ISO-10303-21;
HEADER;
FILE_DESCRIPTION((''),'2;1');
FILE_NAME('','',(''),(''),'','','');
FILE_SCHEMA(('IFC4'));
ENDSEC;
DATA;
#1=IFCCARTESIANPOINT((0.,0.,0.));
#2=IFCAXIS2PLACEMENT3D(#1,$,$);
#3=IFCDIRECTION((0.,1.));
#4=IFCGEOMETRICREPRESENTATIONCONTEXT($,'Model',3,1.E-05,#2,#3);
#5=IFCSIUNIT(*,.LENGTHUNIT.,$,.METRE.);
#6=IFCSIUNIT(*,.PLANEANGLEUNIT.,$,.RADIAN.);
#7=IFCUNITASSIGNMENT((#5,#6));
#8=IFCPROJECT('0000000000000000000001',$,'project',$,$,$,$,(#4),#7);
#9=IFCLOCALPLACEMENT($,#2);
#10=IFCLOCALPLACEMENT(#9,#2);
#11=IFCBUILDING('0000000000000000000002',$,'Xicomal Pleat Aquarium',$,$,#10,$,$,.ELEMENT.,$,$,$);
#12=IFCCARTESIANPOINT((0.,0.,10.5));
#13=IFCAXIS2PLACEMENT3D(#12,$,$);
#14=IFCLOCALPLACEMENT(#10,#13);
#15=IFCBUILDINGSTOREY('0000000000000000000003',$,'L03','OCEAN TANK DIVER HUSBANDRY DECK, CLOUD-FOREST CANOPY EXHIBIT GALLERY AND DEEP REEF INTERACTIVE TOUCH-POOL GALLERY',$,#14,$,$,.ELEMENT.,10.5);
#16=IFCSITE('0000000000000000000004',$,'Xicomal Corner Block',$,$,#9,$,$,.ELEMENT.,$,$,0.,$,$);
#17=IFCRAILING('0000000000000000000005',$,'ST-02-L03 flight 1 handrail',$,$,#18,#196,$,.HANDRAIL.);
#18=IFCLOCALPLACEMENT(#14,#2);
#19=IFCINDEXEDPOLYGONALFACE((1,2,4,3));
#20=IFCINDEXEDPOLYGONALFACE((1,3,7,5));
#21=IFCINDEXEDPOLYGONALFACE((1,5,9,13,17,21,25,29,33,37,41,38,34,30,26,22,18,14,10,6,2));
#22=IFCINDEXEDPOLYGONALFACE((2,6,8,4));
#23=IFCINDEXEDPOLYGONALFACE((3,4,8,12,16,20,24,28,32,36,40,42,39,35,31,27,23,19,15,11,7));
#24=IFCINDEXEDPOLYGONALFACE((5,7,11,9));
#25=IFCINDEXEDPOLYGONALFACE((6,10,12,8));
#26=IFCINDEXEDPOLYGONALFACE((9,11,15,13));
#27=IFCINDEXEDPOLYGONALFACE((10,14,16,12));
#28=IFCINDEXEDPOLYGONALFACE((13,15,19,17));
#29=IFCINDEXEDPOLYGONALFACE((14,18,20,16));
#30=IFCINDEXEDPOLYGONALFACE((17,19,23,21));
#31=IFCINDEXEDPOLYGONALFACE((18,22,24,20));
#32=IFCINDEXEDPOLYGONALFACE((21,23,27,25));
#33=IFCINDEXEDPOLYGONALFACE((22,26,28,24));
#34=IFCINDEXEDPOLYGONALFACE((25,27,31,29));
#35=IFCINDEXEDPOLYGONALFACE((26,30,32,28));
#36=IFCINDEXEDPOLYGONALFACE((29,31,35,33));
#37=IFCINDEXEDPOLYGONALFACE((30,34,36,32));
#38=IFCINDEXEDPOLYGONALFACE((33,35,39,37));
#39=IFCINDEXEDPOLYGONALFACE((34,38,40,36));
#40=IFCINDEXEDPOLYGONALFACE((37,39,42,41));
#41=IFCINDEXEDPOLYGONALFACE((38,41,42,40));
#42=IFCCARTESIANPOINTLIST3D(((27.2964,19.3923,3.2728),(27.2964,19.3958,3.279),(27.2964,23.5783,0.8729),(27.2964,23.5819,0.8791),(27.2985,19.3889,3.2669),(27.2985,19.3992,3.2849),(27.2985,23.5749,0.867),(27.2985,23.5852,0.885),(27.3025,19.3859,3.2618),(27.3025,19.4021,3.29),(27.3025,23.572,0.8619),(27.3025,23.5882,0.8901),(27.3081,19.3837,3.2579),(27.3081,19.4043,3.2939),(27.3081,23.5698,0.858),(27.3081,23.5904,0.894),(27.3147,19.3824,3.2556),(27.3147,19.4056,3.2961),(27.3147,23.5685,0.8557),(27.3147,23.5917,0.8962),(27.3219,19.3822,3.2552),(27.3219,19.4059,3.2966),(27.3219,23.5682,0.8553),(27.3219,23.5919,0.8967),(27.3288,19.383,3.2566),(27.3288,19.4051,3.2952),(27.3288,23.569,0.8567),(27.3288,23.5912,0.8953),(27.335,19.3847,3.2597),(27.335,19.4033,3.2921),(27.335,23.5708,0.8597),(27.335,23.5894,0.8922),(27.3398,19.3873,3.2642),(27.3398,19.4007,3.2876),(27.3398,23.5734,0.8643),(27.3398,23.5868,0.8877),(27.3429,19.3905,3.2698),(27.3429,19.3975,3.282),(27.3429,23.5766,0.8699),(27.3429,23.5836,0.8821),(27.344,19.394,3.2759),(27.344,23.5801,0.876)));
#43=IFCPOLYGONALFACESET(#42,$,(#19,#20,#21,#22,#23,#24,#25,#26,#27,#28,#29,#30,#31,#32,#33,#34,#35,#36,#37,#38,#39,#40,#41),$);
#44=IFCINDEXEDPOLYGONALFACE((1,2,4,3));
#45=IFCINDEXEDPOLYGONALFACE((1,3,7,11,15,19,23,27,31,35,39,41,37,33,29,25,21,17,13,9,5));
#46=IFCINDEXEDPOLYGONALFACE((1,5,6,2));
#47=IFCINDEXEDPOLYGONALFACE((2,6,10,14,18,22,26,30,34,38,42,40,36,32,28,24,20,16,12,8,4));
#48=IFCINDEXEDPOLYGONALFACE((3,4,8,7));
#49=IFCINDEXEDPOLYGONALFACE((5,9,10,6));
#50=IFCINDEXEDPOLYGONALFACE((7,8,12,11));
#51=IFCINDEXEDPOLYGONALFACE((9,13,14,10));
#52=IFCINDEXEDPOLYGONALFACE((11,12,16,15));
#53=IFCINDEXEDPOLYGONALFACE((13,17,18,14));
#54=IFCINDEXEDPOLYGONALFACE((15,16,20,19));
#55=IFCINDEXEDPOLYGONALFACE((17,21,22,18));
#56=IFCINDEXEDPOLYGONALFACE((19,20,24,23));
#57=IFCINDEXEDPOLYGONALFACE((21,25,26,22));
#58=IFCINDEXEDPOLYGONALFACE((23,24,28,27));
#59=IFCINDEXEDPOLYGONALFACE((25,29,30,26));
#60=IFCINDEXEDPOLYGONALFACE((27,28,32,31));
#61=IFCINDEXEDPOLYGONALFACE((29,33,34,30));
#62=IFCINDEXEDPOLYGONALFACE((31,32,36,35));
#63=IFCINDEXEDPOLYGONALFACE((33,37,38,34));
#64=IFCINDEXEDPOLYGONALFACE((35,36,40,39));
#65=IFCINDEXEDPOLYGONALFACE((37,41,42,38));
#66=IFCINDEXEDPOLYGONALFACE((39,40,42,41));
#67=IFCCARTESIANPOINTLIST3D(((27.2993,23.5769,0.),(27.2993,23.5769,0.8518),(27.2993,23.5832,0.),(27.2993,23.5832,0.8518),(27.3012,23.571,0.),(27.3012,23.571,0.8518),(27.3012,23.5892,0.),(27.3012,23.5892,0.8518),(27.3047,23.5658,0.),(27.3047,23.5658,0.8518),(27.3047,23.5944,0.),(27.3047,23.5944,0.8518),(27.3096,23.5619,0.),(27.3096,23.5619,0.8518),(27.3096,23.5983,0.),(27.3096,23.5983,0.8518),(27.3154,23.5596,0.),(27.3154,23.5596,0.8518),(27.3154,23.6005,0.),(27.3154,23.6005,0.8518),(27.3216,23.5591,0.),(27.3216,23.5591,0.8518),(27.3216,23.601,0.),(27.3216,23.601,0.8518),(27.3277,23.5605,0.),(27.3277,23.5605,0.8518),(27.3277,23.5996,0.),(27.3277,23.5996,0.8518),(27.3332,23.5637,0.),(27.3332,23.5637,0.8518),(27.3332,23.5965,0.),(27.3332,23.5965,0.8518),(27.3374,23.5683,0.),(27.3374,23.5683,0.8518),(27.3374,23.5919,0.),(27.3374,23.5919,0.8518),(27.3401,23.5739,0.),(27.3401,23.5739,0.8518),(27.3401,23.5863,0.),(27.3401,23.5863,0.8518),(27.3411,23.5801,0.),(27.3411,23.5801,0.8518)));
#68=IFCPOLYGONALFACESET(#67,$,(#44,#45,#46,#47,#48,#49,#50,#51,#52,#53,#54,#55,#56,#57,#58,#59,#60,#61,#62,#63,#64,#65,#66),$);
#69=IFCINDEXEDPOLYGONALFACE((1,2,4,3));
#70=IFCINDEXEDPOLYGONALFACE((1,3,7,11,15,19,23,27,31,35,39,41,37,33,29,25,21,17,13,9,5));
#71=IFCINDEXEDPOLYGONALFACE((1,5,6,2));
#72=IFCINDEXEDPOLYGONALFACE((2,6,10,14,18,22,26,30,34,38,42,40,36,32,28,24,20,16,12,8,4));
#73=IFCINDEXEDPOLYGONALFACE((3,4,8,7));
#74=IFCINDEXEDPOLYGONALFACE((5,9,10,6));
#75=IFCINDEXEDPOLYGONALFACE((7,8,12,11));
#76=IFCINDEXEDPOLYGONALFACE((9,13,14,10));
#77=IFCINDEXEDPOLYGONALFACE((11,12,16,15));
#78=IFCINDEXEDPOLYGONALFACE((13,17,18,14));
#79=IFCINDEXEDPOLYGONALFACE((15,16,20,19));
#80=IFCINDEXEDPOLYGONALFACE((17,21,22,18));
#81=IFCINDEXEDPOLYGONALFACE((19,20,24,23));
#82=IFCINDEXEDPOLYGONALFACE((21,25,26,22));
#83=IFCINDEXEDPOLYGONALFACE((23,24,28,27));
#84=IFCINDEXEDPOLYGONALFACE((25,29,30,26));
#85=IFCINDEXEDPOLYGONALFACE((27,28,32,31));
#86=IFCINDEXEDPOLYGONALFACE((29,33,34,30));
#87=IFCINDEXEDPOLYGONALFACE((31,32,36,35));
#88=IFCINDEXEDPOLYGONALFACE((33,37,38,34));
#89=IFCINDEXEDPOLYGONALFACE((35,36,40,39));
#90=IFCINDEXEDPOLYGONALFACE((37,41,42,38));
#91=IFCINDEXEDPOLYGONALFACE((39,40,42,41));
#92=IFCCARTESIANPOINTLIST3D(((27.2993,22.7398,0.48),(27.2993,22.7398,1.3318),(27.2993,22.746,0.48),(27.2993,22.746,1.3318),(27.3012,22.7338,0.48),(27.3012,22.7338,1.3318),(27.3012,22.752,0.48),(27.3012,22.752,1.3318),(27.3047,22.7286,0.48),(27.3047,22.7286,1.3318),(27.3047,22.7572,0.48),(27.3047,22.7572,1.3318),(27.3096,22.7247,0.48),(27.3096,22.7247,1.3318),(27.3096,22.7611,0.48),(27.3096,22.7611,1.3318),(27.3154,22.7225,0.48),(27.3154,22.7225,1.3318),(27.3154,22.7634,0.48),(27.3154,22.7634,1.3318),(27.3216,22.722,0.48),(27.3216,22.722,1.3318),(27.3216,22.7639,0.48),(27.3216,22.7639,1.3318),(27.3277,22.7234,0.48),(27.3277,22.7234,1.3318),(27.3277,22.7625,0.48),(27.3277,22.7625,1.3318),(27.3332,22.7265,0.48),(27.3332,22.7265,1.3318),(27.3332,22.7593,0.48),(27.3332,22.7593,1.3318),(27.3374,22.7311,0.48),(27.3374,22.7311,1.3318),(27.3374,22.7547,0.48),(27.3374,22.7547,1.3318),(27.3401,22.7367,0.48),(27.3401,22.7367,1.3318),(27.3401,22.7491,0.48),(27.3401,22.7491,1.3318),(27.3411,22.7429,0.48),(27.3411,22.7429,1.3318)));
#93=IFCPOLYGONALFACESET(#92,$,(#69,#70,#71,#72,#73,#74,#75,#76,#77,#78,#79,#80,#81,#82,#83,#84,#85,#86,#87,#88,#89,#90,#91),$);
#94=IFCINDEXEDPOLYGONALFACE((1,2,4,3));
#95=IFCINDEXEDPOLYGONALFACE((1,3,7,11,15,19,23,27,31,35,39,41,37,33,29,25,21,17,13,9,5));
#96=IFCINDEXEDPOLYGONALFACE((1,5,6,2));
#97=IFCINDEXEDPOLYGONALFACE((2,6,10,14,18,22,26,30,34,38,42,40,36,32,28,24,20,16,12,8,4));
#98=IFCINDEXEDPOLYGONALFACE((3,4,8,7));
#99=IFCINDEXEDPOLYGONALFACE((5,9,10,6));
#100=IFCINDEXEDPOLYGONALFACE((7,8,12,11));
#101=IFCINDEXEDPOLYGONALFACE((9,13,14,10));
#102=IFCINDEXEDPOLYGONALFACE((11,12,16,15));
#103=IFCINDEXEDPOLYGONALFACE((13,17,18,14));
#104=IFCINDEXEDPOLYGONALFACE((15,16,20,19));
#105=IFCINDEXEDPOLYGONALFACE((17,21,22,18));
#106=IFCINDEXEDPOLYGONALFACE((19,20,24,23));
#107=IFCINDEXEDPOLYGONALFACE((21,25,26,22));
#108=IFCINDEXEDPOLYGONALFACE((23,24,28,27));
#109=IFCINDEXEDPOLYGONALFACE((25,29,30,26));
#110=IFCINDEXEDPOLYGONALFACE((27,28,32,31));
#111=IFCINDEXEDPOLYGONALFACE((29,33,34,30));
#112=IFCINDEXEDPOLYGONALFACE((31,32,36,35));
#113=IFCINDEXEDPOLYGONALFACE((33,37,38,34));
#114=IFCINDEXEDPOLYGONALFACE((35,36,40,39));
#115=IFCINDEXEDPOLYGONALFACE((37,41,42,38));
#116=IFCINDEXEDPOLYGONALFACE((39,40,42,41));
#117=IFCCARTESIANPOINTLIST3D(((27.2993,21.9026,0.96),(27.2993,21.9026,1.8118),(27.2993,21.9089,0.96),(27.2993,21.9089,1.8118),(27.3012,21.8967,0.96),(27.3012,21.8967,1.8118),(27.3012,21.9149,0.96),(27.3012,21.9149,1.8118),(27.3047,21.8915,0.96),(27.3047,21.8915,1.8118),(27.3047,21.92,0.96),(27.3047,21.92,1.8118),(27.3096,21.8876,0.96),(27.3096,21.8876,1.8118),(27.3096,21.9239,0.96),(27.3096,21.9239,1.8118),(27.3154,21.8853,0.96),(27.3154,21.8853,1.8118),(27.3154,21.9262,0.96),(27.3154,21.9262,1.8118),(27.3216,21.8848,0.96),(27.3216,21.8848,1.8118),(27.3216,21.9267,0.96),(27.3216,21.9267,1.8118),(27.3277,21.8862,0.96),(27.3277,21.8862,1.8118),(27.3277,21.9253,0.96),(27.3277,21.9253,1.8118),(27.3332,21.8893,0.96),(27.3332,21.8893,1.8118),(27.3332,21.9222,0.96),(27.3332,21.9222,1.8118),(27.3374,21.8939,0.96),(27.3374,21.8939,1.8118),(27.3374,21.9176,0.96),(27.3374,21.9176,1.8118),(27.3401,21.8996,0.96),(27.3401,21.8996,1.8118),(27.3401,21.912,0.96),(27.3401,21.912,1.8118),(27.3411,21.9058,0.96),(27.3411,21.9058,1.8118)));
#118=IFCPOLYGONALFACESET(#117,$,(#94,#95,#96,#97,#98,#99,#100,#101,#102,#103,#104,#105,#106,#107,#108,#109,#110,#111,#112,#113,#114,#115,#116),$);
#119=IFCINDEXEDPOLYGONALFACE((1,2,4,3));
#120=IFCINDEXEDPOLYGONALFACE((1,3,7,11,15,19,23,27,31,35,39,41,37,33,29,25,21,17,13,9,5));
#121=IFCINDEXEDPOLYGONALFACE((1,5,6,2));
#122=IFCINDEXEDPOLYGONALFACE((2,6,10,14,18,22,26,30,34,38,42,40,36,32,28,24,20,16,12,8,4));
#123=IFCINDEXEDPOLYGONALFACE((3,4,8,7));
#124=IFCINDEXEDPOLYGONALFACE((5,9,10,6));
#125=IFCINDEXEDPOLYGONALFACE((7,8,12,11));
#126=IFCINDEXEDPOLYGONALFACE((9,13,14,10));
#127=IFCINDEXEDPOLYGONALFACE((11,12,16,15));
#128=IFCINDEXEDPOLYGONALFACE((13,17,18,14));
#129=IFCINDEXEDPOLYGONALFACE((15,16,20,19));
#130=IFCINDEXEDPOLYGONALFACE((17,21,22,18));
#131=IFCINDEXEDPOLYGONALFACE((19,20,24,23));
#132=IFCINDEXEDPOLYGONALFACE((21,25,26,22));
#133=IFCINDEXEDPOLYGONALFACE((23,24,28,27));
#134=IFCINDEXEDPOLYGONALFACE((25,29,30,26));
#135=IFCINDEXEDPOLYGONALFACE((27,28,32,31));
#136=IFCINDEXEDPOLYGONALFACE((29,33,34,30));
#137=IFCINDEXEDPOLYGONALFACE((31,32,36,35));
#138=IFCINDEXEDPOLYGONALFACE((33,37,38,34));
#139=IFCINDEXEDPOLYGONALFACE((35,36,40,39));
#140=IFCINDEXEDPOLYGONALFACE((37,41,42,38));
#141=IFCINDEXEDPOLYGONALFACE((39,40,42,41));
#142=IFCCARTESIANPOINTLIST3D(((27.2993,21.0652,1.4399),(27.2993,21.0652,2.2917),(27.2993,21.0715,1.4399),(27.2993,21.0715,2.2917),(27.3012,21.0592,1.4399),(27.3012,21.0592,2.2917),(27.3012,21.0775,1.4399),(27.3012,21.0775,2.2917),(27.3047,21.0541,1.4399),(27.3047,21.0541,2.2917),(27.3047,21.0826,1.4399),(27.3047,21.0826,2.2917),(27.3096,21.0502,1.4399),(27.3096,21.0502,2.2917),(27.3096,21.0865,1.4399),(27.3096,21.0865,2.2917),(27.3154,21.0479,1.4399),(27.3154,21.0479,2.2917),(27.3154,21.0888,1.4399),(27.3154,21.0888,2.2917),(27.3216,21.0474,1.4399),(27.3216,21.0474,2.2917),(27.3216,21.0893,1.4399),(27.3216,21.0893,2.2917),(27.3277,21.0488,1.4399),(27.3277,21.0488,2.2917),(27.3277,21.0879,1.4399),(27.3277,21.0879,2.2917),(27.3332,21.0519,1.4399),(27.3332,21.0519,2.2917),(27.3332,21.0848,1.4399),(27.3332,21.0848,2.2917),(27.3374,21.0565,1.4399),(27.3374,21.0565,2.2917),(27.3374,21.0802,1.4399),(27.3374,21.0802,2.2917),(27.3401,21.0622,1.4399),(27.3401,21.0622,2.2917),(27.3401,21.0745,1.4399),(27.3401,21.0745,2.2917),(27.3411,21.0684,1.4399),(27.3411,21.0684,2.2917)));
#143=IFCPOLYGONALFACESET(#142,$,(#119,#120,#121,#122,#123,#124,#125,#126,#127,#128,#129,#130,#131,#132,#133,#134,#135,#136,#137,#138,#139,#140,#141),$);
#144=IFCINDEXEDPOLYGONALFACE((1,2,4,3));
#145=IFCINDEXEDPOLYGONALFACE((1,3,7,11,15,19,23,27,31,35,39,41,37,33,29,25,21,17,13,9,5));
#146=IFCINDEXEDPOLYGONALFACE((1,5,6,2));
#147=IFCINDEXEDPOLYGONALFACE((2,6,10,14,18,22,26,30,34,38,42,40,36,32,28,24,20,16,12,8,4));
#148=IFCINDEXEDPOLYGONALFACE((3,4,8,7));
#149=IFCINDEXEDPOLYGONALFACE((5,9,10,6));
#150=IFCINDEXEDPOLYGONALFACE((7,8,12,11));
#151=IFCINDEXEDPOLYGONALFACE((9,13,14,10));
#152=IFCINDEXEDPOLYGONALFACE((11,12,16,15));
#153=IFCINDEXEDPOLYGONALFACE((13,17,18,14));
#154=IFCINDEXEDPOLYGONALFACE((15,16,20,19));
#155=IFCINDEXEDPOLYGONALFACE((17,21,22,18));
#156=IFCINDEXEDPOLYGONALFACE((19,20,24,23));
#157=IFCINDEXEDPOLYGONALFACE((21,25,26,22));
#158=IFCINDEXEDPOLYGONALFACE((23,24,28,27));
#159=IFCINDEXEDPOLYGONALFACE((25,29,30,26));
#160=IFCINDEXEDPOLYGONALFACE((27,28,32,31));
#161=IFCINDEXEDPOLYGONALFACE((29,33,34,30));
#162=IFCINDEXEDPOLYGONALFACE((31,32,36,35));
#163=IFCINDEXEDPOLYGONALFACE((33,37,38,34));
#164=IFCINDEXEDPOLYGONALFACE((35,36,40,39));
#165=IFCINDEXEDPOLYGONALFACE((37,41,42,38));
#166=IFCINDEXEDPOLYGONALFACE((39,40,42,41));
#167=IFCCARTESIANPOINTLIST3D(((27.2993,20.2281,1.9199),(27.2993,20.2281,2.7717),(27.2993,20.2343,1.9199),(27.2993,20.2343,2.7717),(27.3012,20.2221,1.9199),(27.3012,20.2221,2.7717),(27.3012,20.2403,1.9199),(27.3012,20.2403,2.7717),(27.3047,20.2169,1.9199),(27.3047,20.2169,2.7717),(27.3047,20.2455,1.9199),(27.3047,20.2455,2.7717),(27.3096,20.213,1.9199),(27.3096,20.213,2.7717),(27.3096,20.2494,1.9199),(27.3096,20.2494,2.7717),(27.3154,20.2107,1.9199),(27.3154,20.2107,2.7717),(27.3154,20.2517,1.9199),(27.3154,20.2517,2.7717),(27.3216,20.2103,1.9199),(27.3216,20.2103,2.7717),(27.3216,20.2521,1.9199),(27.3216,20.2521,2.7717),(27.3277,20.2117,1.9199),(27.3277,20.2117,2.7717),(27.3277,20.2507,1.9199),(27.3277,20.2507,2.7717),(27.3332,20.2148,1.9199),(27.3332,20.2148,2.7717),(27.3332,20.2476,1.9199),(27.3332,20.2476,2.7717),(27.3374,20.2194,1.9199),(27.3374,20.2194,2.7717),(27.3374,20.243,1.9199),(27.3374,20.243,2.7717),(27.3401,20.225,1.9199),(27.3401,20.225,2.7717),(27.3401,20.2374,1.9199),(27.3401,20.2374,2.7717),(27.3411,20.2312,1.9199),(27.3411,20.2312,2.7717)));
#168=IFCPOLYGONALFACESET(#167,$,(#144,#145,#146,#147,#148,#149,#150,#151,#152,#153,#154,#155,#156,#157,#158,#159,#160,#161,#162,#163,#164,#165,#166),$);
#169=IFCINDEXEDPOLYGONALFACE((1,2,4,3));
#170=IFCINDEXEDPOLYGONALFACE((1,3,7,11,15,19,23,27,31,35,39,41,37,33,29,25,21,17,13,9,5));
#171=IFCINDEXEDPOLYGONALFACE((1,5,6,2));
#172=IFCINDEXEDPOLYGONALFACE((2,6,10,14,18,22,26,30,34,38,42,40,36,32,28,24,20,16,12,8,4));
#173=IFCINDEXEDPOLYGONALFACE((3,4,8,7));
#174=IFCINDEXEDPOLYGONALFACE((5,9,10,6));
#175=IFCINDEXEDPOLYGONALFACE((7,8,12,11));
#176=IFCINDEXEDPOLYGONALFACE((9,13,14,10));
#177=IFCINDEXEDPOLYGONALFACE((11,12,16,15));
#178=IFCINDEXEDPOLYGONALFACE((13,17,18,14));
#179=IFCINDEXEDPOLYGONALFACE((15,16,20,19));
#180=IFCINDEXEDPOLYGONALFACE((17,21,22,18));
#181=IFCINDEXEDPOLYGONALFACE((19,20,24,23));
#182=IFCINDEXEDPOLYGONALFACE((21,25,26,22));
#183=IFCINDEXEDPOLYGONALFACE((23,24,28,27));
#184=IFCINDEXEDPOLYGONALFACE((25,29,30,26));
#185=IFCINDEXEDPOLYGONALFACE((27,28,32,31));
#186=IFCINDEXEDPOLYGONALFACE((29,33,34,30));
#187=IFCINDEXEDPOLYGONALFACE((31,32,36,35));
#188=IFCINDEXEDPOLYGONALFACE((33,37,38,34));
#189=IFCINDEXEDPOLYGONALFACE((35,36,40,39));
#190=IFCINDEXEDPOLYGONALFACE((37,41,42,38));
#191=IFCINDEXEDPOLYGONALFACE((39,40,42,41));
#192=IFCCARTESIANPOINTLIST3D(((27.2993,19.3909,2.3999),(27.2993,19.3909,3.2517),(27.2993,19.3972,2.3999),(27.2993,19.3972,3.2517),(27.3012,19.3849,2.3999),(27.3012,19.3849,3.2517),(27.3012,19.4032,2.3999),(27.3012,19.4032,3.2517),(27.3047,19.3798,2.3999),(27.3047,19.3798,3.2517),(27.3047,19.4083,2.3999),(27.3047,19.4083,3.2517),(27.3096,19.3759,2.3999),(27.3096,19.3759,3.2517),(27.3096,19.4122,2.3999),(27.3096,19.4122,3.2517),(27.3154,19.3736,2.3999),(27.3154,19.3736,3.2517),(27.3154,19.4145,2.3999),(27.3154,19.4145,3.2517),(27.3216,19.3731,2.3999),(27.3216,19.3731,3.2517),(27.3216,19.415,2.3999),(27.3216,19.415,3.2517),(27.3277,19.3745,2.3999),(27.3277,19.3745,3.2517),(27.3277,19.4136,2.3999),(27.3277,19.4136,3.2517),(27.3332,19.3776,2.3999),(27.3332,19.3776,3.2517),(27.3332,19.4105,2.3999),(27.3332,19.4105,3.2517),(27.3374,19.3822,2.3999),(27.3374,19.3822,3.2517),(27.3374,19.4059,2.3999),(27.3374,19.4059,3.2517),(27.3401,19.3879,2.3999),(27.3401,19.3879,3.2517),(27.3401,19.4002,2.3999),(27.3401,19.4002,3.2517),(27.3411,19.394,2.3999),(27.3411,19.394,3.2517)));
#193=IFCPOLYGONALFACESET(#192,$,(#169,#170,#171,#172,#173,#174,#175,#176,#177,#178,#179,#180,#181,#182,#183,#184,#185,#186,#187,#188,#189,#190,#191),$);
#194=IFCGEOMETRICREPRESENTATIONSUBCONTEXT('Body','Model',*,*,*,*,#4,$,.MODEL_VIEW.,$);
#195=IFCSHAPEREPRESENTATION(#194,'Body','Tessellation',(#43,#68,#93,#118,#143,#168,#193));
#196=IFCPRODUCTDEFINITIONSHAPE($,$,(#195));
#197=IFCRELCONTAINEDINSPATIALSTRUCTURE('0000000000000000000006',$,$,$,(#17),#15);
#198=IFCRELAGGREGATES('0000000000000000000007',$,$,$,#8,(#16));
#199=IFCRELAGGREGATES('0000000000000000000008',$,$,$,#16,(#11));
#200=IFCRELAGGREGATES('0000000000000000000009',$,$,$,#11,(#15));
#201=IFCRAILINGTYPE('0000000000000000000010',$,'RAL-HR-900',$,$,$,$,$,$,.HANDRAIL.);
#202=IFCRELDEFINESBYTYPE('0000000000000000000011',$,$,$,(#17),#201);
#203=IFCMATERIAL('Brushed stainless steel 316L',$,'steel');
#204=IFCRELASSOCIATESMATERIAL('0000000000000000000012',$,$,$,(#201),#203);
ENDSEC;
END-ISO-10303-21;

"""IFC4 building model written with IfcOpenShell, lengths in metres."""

from ifc_helpers import new_model, si_unit, direction, frame, origin, origin_2d, place, context, subcontext, project, spatial, circle, extrude, material, type_object, element, save


model = new_model("IFC4")

# Units and contexts
model_context = context("Model", 3, precision=1e-05, world=origin(), true_north=direction((0.0, 1.0)))
body_context = subcontext(model_context, "Body", "Model", "MODEL_VIEW")
ifc_project = project(units=[si_unit("LENGTHUNIT", "METRE"), si_unit("PLANEANGLEUNIT", "RADIAN")], contexts=[model_context])

# Site, building, storey
site_placement = place(None, origin())
site = spatial("IfcSite", under=ifc_project, at=site_placement, Name="Xicomal Corner Block", CompositionType="ELEMENT", RefElevation=0.0)
building_placement = place(site_placement, origin())
building = spatial("IfcBuilding", under=site, at=building_placement, Name="Xicomal Pleat Aquarium", CompositionType="ELEMENT")
storey_placement = place(building_placement, frame((0.0, 0.0, 10.5)))
storey = spatial("IfcBuildingStorey", under=building, at=storey_placement, Name="L03", Description="OCEAN TANK DIVER HUSBANDRY DECK, CLOUD-FOREST CANOPY EXHIBIT GALLERY AND DEEP REEF INTERACTIVE TOUCH-POOL GALLERY", CompositionType="ELEMENT", Elevation=10.5)

# Railing
ifc_material_1 = material(Name="Brushed stainless steel 316L", Category="steel")
railing_type_1 = type_object("IfcRailingType", Name="RAL-HR-900", PredefinedType="HANDRAIL", material=ifc_material_1)
railing_1_placement = place(storey_placement, frame((27.3201, 23.5801, 0.0)))
element("IfcRailing", 1, at=railing_1_placement, inside=storey, type_object=railing_type_1, Name="ST-02-L03 flight 1 handrail", PredefinedType="HANDRAIL", context=body_context, shape_type="SweptSolid", body=[
    extrude(circle(Radius=0.0239, at=origin_2d()), frame((0.0, 0.0, 0.876), z_axis=(0.0, -0.867539, 0.49737), x_axis=(1.0, 0.0, 0.0)), (0.0, 0.0, 1.0), 4.8252),
    extrude(circle(Radius=0.021, at=origin_2d()), origin(), (0.0, 0.0, 1.0), 0.8518),
    extrude(circle(Radius=0.021, at=origin_2d()), frame((0.0, -0.8372, 0.48)), (0.0, 0.0, 1.0), 0.8518),
    extrude(circle(Radius=0.021, at=origin_2d()), frame((0.0, -1.6743, 0.96)), (0.0, 0.0, 1.0), 0.8518),
    extrude(circle(Radius=0.021, at=origin_2d()), frame((0.0, -2.5117, 1.4399)), (0.0, 0.0, 1.0), 0.8518),
    extrude(circle(Radius=0.021, at=origin_2d()), frame((0.0, -3.3489, 1.9199)), (0.0, 0.0, 1.0), 0.8518),
    extrude(circle(Radius=0.021, at=origin_2d()), frame((0.0, -4.186, 2.3999)), (0.0, 0.0, 1.0), 0.8518),
])

save(model, "model.ifc")
